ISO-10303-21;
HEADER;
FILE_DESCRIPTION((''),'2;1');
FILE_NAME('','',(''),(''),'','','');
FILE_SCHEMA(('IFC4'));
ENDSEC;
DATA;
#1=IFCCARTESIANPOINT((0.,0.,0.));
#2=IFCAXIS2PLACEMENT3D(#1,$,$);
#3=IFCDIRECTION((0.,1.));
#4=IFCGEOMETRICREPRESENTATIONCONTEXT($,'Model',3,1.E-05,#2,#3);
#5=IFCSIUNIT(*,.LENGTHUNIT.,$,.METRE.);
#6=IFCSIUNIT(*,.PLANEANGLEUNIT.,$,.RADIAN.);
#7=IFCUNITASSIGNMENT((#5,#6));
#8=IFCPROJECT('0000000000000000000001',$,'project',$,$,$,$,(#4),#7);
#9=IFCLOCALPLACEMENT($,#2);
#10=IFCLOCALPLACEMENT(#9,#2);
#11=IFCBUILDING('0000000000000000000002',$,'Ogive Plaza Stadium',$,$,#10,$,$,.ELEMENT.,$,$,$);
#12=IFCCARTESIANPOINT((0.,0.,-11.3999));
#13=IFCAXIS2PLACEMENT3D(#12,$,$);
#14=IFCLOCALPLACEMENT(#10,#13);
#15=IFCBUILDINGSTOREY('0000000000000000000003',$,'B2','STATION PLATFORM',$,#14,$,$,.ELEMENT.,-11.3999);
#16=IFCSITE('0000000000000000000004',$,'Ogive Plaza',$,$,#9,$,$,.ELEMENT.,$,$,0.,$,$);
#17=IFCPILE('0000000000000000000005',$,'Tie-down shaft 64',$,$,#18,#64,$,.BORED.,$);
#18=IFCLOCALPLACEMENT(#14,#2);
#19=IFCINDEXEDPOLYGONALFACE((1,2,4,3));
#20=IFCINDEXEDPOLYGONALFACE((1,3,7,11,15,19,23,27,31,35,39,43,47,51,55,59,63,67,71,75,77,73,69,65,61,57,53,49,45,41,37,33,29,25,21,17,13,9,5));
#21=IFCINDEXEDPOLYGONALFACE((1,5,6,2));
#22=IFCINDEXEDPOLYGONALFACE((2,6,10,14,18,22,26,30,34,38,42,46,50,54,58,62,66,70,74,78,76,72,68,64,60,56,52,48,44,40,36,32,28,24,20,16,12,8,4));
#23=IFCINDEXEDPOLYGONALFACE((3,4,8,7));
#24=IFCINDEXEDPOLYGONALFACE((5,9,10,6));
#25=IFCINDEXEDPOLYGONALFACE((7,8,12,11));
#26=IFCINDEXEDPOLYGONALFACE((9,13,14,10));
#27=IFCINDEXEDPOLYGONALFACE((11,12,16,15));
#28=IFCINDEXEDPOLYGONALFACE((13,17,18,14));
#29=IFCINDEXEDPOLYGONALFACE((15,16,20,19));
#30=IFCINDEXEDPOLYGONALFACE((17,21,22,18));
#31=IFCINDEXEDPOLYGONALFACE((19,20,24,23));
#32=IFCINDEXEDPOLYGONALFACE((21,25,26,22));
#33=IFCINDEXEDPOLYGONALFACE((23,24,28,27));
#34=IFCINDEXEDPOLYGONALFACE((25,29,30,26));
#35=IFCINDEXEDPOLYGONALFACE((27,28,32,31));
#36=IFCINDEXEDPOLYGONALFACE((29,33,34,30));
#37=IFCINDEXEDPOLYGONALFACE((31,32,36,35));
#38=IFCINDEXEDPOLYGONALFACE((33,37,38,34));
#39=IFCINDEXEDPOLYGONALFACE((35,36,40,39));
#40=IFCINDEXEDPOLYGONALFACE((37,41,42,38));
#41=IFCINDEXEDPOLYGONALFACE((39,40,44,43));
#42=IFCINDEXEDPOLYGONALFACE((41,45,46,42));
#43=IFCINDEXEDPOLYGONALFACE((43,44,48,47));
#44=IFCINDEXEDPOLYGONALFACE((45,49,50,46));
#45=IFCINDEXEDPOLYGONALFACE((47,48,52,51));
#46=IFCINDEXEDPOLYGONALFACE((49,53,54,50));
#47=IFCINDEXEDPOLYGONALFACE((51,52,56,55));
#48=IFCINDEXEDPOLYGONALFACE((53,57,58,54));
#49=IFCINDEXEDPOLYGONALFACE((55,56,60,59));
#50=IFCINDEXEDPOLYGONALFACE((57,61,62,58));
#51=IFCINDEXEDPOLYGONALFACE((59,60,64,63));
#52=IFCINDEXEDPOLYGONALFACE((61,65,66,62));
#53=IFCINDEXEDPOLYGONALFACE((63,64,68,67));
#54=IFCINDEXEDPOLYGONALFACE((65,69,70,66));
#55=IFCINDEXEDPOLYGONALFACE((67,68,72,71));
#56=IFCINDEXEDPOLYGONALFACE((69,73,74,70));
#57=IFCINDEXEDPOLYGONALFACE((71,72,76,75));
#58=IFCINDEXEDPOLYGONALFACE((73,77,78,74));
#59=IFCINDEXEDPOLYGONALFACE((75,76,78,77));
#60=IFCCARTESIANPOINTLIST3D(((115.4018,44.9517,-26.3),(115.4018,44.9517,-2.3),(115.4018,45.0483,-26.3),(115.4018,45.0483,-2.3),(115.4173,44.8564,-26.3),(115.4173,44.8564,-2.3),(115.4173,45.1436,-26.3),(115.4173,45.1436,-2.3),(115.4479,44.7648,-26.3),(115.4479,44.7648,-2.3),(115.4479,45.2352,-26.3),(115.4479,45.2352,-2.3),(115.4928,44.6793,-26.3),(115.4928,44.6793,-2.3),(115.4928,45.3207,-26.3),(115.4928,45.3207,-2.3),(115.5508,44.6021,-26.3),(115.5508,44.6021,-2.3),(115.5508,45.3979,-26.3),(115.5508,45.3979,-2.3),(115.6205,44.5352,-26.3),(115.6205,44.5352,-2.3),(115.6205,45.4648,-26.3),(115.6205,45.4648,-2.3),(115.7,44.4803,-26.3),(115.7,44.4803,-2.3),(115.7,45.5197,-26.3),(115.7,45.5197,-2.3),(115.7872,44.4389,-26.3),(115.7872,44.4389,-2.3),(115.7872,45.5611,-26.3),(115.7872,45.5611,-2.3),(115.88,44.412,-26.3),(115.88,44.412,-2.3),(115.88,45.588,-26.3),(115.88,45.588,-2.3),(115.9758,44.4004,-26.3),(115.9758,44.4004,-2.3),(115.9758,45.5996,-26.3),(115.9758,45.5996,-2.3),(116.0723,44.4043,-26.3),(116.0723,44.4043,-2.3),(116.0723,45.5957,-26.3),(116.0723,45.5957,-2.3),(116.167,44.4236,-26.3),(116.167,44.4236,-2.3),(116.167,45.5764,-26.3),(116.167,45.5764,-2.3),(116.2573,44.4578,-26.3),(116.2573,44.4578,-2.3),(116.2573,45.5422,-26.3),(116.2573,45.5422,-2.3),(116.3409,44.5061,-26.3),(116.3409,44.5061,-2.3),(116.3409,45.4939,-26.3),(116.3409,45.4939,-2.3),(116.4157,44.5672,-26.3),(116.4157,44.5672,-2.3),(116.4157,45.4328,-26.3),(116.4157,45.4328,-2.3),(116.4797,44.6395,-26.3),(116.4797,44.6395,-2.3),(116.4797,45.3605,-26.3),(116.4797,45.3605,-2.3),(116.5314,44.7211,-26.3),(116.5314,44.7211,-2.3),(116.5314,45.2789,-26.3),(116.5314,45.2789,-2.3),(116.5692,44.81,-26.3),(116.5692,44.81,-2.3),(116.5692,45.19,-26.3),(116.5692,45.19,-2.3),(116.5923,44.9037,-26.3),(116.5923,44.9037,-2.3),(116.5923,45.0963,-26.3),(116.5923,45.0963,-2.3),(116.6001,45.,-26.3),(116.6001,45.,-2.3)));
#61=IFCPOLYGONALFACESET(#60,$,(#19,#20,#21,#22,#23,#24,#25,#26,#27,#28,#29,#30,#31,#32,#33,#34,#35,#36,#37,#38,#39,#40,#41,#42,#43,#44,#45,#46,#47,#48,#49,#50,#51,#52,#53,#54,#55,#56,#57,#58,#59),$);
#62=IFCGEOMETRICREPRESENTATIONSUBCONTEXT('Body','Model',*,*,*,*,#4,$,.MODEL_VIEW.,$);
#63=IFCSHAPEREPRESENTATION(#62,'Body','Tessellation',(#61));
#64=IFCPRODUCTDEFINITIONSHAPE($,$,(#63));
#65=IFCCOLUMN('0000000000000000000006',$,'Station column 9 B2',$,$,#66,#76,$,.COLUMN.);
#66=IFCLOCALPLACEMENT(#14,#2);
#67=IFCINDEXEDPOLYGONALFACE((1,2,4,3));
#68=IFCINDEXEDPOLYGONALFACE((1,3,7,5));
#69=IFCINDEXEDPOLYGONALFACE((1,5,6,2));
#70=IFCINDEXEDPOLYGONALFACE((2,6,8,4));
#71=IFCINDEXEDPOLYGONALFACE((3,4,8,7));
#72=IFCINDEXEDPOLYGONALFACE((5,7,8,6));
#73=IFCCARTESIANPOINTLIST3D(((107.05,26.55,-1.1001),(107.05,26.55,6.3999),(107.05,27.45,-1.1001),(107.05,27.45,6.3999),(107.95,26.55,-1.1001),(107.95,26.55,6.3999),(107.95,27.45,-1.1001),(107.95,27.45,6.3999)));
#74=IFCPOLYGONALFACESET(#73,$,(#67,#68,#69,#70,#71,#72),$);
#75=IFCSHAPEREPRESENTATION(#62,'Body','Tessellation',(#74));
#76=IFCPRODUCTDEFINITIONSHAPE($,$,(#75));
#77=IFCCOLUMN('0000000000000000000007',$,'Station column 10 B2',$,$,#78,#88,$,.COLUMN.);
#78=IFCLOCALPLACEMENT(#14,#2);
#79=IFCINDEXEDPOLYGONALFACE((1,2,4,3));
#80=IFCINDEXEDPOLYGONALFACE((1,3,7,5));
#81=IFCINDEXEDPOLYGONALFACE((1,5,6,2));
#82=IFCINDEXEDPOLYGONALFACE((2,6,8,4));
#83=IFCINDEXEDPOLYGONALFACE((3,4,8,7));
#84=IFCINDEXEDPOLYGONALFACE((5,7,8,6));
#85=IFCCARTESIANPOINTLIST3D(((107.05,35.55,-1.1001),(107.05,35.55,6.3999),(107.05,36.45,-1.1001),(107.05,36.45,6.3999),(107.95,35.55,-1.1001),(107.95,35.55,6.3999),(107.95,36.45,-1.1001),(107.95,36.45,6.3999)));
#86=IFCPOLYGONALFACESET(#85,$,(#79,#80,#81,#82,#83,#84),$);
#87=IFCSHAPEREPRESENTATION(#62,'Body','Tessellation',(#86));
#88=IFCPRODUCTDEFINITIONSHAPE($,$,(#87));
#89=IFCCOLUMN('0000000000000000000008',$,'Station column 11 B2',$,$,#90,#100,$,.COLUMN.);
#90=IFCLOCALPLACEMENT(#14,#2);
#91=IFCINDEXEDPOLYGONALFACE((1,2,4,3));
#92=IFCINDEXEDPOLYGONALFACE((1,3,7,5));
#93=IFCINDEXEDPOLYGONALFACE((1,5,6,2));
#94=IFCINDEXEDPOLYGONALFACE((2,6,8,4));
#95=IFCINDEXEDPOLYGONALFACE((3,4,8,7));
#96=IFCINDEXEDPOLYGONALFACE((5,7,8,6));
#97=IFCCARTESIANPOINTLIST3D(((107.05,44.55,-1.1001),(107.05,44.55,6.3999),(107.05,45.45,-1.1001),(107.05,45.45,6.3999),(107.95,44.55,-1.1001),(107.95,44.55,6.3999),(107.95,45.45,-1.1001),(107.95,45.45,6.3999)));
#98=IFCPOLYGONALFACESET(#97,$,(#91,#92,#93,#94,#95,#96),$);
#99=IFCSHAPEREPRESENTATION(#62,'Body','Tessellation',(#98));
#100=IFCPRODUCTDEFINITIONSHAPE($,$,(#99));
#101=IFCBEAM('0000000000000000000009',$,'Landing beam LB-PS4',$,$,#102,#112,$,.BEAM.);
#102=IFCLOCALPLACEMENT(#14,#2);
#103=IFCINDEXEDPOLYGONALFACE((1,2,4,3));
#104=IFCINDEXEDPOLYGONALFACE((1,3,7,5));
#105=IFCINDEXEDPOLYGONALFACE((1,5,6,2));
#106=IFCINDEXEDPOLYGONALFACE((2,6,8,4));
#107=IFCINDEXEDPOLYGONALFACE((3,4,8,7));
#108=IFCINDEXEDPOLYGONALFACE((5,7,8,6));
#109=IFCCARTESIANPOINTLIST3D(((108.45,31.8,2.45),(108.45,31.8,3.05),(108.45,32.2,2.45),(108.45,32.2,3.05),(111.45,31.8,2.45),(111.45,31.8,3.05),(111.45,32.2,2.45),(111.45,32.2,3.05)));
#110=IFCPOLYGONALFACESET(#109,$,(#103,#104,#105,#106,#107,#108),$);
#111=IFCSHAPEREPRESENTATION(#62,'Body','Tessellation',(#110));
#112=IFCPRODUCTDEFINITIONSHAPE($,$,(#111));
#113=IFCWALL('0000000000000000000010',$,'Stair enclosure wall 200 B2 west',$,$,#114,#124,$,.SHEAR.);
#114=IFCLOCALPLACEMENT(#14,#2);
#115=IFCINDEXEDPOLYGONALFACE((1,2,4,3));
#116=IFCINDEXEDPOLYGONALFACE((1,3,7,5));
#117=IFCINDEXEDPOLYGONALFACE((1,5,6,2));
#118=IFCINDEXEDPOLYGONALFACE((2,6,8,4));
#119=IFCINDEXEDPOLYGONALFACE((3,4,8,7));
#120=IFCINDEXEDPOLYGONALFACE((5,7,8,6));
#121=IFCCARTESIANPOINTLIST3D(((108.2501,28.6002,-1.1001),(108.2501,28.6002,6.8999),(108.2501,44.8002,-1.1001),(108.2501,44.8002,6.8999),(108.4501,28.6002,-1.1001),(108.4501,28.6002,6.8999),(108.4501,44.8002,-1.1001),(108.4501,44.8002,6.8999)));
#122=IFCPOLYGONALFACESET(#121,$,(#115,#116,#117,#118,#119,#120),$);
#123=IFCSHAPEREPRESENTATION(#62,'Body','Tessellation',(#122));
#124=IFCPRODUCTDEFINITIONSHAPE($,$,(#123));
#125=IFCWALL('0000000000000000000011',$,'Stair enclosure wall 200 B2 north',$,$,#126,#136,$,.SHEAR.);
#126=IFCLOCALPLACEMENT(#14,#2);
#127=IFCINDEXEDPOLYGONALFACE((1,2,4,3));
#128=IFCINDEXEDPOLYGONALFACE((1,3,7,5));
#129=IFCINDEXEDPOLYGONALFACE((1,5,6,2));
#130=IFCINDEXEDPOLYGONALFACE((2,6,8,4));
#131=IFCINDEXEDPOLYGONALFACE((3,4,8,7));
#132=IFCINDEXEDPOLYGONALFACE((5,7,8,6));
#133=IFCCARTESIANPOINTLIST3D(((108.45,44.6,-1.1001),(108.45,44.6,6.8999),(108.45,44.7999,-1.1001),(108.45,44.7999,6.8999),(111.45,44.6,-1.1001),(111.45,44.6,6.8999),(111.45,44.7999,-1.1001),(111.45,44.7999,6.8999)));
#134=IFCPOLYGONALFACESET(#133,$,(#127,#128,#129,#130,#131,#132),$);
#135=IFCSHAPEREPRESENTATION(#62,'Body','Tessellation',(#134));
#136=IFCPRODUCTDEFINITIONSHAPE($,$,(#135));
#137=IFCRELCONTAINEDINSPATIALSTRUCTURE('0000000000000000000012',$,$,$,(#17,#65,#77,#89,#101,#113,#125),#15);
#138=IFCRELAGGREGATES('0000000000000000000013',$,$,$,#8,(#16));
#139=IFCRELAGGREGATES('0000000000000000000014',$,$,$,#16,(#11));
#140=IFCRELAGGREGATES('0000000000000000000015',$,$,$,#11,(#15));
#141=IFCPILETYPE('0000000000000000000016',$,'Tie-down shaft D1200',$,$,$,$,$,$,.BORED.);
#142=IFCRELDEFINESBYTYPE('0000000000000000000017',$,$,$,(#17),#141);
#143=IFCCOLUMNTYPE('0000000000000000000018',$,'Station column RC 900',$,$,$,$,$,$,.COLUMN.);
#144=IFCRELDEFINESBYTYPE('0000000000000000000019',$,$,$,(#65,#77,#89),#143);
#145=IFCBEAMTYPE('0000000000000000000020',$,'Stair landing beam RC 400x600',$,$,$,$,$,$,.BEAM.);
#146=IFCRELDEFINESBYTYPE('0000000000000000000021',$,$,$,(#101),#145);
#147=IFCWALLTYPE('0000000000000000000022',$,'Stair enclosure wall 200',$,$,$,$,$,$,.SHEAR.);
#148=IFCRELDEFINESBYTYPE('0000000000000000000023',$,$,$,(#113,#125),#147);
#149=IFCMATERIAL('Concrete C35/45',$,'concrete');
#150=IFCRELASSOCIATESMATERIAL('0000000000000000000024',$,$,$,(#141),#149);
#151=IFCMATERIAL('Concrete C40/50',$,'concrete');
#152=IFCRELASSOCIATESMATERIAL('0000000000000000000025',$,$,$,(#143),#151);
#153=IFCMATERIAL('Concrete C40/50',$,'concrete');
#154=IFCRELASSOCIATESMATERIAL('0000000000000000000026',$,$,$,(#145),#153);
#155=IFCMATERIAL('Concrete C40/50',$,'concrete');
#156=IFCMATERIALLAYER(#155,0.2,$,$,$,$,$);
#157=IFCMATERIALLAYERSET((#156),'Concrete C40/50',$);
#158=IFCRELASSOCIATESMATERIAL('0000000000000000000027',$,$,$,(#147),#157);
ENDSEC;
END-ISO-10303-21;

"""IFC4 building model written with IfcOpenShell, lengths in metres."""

from ifc_helpers import new_model, si_unit, direction, frame, frame_2d, origin, origin_2d, place, context, subcontext, project, spatial, rectangle, circle, extrude, material, layer, layer_set, material_profile, profile_set, type_object, element, save


model = new_model("IFC4")

# Units and contexts
model_context = context("Model", 3, precision=1e-05, world=origin(), true_north=direction((0.0, 1.0)))
body_context = subcontext(model_context, "Body", "Model", "MODEL_VIEW")
ifc_project = project(units=[si_unit("LENGTHUNIT", "METRE"), si_unit("PLANEANGLEUNIT", "RADIAN")], contexts=[model_context])

# Site, building, storey
site_placement = place(None, origin())
site = spatial("IfcSite", under=ifc_project, at=site_placement, Name="Ogive Plaza", CompositionType="ELEMENT", RefElevation=0.0)
building_placement = place(site_placement, origin())
building = spatial("IfcBuilding", under=site, at=building_placement, Name="Ogive Plaza Stadium", CompositionType="ELEMENT")
storey_placement = place(building_placement, frame((0.0, 0.0, -11.3999)))
storey = spatial("IfcBuildingStorey", under=building, at=storey_placement, Name="B2", Description="STATION PLATFORM", CompositionType="ELEMENT", Elevation=-11.3999)

# Pile
ifc_material_1 = material(Name="Concrete C35/45", Category="concrete")
ifc_material_profile_1 = material_profile(ifc_material_1, circle(Radius=0.6001, at=origin_2d()), Name="Tie-down shaft D1200")
ifc_profile_set_1 = profile_set([ifc_material_profile_1], Name="Concrete C35/45")
pile_type = type_object("IfcPileType", Name="Tie-down shaft D1200", PredefinedType="BORED", material=ifc_profile_set_1)
for number, where, z_axis, x_axis, name in (
    (1, (116.0, 45.0, -2.3), (0.0, 0.0, -1.0), (1.0, 0.0, 0.0), "Tie-down shaft 64"),
):
    element("IfcPile", number, at=place(storey_placement, frame(where, z_axis=z_axis, x_axis=x_axis)), inside=storey, type_object=pile_type, Name=name, PredefinedType="BORED", context=body_context, shape_type="SweptSolid", body=[
        extrude(circle(Radius=0.6001, at=origin_2d()), origin(), (0.0, 0.0, 1.0), 24.0),
    ])

# Columns
ifc_material_2 = material(Name="Concrete C40/50", Category="concrete")
ifc_material_profile_2 = material_profile(ifc_material_2, rectangle(XDim=0.8999, YDim=0.8999, at=origin_2d()), Name="Station column RC 900")
ifc_profile_set_2 = profile_set([ifc_material_profile_2], Name="Concrete C40/50")
column_type = type_object("IfcColumnType", Name="Station column RC 900", PredefinedType="COLUMN", material=ifc_profile_set_2)
for number, where, z_axis, x_axis, name in (
    (2, (107.5, 27.0, -1.1001), (0.0, 0.0, 1.0), (1.0, 0.0, 0.0), "Station column 9 B2"),
    (3, (107.5, 36.0, -1.1001), (0.0, 0.0, 1.0), (1.0, 0.0, 0.0), "Station column 10 B2"),
    (4, (107.5, 45.0, -1.1001), (0.0, 0.0, 1.0), (1.0, 0.0, 0.0), "Station column 11 B2"),
):
    element("IfcColumn", number, at=place(storey_placement, frame(where, z_axis=z_axis, x_axis=x_axis)), inside=storey, type_object=column_type, Name=name, PredefinedType="COLUMN", context=body_context, shape_type="SweptSolid", body=[
        extrude(rectangle(XDim=0.8999, YDim=0.8999, at=origin_2d()), origin(), (0.0, 0.0, 1.0), 7.5),
    ])

# Beam
ifc_material_3 = material(Name="Concrete C40/50", Category="concrete")
ifc_material_profile_3 = material_profile(ifc_material_3, rectangle(XDim=0.3999, YDim=0.6001, at=origin_2d()), Name="Stair landing beam RC 400x600")
ifc_profile_set_3 = profile_set([ifc_material_profile_3], Name="Concrete C40/50")
beam_type = type_object("IfcBeamType", Name="Stair landing beam RC 400x600", PredefinedType="BEAM", material=ifc_profile_set_3)
beam_placement = place(storey_placement, frame((108.45, 32.0, 2.75), z_axis=(1.0, 0.0, 0.0), x_axis=(0.0, 1.0, 0.0)))
element("IfcBeam", 5, at=beam_placement, inside=storey, type_object=beam_type, Name="Landing beam LB-PS4", PredefinedType="BEAM", context=body_context, shape_type="SweptSolid", body=[
    extrude(rectangle(XDim=0.3999, YDim=0.6001, at=origin_2d()), origin(), (0.0, 0.0, 1.0), 3.0),
])

# Wall
ifc_material_4 = material(Name="Concrete C40/50", Category="concrete")
ifc_layer_1 = layer(ifc_material_4, 0.2)
ifc_layer_set_1 = layer_set([ifc_layer_1], Name="Concrete C40/50")
wall_type_1 = type_object("IfcWallType", Name="Stair enclosure wall 200", PredefinedType="SHEAR", material=ifc_layer_set_1)
wall_1_placement = place(storey_placement, frame((108.3501, 28.6001, -1.1001), z_axis=(0.0, 0.0, 1.0), x_axis=(0.0, 1.0, 0.0)))
element("IfcWall", 6, at=wall_1_placement, inside=storey, type_object=wall_type_1, Name="Stair enclosure wall 200 B2 west", PredefinedType="SHEAR", context=body_context, shape_type="SweptSolid", body=[
    extrude(rectangle(XDim=16.2, YDim=0.2, at=frame_2d((8.1001, 0.0))), origin(), (0.0, 0.0, 1.0), 8.0),
])

# Wall
wall_2_placement = place(storey_placement, frame((108.45, 44.7, -1.1001), z_axis=(0.0, 0.0, 1.0), x_axis=(1.0, 0.0, 0.0)))
element("IfcWall", 7, at=wall_2_placement, inside=storey, type_object=wall_type_1, Name="Stair enclosure wall 200 B2 north", PredefinedType="SHEAR", context=body_context, shape_type="SweptSolid", body=[
    extrude(rectangle(XDim=3.0, YDim=0.2, at=frame_2d((1.5, 0.0))), origin(), (0.0, 0.0, 1.0), 8.0),
])

save(model, "model.ifc")
